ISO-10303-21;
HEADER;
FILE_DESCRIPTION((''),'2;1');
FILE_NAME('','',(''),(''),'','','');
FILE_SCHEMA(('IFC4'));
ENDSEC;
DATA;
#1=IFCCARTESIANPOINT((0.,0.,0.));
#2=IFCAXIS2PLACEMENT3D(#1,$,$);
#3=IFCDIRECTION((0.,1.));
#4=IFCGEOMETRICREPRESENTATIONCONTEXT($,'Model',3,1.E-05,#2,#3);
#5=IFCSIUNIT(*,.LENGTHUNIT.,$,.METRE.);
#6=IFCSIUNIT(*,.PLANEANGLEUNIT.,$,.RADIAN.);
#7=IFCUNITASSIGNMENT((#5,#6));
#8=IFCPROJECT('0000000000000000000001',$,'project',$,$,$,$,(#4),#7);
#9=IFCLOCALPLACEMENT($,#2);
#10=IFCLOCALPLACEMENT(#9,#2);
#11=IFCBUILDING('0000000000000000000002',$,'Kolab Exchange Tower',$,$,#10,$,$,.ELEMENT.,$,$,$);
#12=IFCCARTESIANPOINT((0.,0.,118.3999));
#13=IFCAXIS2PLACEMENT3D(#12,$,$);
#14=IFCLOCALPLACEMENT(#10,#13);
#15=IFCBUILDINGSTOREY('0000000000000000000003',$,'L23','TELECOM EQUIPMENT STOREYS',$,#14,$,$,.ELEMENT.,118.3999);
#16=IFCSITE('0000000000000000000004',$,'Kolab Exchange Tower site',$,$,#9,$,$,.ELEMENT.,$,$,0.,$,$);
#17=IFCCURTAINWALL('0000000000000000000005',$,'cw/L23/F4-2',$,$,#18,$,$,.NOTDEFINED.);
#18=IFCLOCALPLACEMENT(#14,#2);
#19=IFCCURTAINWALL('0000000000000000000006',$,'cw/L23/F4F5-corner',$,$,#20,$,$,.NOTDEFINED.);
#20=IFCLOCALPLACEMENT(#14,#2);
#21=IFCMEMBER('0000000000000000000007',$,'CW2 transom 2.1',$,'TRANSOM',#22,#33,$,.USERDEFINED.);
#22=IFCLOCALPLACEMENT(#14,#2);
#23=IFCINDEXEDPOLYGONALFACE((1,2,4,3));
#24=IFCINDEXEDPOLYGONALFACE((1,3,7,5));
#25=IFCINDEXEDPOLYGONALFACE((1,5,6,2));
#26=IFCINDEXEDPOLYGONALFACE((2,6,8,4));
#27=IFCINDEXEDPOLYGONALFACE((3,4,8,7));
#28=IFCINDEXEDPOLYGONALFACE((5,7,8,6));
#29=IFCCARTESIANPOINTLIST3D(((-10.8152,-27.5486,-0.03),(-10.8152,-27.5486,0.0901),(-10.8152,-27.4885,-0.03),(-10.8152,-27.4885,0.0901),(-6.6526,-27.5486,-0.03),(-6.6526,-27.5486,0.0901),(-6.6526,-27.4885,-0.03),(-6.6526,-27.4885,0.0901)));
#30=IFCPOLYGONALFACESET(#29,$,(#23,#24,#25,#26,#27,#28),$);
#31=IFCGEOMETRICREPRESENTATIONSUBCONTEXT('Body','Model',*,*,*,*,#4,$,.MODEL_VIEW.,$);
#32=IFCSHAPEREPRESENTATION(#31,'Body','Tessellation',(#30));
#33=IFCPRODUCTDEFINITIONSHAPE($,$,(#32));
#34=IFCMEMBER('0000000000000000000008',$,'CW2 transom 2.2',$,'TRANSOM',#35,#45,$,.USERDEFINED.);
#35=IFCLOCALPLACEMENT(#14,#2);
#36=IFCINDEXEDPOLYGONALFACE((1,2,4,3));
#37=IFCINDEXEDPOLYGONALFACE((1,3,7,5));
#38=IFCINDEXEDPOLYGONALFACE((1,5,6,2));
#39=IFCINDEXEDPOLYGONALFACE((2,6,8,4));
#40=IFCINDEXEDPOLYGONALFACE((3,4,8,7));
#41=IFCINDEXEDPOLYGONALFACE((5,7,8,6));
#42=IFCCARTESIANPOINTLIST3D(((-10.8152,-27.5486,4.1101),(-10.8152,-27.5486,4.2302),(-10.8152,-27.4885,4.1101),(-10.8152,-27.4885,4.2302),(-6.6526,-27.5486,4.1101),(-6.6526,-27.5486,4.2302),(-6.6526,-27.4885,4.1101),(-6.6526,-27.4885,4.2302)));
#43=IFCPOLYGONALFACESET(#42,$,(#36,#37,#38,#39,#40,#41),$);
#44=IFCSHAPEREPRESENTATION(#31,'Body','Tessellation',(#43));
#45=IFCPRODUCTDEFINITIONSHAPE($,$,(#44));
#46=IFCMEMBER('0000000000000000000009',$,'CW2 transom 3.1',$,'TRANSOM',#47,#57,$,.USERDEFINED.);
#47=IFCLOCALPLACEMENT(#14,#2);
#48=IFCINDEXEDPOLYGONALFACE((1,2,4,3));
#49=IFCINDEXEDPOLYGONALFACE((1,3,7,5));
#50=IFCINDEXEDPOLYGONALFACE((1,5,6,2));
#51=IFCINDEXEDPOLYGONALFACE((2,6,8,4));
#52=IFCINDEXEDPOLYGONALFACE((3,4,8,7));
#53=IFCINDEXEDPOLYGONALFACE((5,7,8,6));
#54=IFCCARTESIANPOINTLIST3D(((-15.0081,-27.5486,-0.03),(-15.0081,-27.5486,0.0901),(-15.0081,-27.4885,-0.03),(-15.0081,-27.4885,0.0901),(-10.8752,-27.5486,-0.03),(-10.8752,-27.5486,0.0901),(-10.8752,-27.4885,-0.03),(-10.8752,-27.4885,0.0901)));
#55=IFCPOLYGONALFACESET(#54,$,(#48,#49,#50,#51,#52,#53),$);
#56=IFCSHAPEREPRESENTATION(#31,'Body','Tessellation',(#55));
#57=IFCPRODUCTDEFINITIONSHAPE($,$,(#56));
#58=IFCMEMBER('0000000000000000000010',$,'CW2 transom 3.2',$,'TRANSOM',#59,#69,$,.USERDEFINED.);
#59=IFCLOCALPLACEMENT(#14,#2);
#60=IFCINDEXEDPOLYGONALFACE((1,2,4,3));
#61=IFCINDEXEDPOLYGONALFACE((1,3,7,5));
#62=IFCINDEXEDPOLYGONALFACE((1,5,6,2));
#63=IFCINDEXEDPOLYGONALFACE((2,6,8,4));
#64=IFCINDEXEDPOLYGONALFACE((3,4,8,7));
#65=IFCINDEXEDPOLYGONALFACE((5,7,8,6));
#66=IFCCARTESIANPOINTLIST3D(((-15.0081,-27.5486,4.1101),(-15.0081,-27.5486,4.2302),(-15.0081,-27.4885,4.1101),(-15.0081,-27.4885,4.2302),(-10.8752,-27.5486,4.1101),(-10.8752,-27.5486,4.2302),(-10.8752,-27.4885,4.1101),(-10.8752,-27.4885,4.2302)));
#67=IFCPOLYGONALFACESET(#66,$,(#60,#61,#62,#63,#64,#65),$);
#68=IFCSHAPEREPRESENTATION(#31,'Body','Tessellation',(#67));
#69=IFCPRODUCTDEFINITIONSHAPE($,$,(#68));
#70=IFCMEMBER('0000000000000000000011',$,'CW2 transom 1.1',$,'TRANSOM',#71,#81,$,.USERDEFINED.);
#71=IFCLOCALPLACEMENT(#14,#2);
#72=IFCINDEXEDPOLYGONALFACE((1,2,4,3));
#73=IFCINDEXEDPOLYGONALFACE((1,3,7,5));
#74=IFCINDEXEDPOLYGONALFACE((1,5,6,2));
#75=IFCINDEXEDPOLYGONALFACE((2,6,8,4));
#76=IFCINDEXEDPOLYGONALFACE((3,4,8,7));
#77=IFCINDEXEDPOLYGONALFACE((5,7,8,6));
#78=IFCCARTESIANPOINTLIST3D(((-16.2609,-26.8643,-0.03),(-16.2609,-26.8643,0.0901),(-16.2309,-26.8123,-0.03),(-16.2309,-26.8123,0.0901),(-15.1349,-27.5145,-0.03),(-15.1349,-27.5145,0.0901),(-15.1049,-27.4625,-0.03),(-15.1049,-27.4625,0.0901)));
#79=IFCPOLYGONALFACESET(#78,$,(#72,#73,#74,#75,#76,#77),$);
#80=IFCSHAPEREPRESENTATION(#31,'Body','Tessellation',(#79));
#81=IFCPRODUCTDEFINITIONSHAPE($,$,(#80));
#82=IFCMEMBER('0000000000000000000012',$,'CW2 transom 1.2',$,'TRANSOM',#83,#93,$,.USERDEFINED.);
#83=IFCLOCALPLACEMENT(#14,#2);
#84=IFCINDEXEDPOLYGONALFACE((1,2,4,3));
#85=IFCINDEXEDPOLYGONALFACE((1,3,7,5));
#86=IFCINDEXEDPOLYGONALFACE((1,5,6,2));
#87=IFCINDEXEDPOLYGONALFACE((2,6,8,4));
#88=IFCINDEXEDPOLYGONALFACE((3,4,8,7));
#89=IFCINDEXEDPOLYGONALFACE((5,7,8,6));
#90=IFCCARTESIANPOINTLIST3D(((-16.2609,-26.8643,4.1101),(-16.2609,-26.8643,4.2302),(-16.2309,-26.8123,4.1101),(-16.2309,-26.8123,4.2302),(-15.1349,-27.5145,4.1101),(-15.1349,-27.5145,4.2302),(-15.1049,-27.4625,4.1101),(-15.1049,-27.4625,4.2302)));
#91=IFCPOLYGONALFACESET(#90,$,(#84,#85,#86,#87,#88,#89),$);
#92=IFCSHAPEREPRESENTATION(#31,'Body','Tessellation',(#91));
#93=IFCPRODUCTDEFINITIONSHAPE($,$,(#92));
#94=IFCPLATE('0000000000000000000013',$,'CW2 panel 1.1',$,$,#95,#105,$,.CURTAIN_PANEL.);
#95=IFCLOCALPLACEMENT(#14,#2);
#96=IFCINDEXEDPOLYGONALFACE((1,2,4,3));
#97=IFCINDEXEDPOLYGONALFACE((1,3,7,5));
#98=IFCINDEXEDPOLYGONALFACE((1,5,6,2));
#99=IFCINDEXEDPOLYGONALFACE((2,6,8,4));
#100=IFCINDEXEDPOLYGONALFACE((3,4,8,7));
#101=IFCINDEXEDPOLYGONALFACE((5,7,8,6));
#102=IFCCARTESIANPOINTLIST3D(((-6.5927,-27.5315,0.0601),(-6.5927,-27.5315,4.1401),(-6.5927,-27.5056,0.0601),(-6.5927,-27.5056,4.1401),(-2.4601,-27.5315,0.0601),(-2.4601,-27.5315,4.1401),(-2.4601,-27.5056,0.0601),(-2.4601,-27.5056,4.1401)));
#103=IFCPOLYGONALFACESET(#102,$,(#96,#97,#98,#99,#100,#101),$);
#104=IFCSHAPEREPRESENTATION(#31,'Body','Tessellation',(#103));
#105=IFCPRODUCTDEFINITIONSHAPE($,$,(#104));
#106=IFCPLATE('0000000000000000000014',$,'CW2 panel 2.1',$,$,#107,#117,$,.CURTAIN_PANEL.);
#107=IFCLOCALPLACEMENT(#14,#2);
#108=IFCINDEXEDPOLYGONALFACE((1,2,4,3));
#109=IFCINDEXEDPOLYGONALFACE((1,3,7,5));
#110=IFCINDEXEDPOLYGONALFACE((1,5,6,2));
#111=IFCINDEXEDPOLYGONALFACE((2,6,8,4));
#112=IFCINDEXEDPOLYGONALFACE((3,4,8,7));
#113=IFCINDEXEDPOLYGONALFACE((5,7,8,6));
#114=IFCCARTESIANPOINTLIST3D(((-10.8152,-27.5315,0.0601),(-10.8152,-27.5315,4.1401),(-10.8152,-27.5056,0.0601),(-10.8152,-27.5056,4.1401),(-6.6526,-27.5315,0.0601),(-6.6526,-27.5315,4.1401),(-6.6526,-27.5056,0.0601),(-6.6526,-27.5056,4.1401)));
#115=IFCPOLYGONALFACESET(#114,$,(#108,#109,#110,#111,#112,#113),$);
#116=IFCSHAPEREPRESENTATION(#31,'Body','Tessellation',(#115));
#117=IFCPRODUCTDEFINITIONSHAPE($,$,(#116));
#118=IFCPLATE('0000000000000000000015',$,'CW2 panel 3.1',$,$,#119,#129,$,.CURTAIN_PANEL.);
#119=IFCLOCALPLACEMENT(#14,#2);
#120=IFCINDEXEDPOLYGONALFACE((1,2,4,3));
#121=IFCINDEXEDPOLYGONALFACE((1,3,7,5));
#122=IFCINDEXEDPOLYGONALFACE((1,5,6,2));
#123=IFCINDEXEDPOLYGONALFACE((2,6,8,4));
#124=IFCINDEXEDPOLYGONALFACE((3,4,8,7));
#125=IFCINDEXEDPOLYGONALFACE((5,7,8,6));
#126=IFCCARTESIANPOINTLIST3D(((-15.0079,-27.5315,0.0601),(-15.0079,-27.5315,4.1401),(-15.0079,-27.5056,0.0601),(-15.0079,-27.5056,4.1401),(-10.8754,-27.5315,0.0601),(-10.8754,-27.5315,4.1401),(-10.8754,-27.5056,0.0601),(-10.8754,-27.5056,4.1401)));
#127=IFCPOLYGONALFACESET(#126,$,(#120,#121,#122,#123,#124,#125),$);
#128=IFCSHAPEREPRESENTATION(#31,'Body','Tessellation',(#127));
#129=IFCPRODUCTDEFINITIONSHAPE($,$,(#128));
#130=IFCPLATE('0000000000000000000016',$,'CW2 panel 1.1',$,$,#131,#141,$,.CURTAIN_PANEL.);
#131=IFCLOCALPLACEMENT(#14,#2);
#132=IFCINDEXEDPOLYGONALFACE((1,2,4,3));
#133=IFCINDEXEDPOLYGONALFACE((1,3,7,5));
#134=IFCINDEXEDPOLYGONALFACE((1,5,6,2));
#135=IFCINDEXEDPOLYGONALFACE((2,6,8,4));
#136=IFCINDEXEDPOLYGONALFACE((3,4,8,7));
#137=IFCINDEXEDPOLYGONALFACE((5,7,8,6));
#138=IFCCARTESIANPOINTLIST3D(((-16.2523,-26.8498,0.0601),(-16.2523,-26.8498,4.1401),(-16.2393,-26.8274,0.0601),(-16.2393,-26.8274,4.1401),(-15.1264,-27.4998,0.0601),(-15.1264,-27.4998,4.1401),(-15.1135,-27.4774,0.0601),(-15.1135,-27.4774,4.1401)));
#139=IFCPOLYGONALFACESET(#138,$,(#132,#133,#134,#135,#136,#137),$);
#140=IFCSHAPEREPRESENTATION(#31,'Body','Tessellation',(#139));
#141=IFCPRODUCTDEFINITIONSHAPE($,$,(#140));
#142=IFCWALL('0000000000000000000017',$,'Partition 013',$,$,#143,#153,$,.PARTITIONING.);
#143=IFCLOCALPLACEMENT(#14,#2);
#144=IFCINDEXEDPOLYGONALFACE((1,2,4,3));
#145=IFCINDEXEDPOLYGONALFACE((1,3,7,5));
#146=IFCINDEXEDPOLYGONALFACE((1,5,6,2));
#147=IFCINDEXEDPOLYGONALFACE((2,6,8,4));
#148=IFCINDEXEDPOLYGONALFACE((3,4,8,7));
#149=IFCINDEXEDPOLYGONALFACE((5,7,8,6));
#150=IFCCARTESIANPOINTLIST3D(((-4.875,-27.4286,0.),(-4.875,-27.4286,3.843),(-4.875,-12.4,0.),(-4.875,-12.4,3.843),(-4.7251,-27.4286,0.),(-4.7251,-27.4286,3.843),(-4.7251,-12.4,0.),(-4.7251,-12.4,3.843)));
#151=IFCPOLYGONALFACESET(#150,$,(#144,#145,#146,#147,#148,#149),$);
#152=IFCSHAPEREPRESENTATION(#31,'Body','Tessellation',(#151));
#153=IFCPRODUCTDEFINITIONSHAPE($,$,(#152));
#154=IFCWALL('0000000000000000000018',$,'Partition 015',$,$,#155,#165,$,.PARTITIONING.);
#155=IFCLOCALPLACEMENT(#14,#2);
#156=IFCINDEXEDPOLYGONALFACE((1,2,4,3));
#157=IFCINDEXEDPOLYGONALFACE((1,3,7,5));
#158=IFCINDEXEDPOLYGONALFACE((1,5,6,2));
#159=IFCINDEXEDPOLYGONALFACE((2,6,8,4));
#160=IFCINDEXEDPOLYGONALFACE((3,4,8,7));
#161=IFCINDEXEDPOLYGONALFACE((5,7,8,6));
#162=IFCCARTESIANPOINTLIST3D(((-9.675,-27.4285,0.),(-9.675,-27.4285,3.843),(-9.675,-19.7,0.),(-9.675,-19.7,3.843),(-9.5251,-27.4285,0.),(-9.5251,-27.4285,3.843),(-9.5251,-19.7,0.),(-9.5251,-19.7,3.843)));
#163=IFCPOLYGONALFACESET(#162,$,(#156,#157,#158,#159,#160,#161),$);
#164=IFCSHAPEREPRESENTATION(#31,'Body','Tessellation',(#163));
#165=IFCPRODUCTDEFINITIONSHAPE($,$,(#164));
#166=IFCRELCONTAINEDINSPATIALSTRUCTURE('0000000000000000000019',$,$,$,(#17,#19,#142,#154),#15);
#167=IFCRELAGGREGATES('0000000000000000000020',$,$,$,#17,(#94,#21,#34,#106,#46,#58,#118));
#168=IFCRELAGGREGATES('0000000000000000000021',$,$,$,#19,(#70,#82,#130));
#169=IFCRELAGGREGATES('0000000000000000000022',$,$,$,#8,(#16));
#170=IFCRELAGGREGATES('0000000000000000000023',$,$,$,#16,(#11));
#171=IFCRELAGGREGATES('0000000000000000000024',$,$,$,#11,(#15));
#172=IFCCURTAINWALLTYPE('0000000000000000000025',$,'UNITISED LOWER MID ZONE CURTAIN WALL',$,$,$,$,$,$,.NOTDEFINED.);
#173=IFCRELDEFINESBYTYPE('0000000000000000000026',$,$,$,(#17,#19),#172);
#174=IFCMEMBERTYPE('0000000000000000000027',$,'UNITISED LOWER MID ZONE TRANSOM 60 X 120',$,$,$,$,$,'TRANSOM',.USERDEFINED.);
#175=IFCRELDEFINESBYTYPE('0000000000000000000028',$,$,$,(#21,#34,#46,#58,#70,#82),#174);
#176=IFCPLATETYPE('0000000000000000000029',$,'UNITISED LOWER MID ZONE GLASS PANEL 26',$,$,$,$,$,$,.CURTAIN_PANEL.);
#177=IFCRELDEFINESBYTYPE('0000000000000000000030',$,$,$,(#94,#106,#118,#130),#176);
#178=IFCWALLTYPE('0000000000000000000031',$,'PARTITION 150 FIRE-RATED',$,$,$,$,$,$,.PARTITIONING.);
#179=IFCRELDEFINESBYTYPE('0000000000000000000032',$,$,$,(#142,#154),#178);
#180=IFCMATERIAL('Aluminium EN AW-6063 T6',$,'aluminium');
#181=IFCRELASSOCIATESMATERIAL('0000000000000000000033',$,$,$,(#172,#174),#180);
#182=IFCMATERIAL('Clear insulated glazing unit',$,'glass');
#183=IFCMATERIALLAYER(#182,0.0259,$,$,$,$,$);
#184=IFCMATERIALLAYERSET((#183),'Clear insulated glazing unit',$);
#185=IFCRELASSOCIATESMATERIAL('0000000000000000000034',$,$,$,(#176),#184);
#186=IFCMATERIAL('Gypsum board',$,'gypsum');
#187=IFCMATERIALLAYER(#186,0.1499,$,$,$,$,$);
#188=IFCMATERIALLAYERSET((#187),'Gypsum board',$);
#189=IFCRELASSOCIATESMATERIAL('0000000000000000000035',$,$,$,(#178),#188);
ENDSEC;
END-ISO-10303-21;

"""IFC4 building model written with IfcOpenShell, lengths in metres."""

from ifc_helpers import new_model, si_unit, direction, frame, frame_2d, origin, origin_2d, place, context, subcontext, project, spatial, rectangle, extrude, material, layer, layer_set, material_profile, profile_set, type_object, element, aggregate, save


model = new_model("IFC4")

# Units and contexts
model_context = context("Model", 3, precision=1e-05, world=origin(), true_north=direction((0.0, 1.0)))
body_context = subcontext(model_context, "Body", "Model", "MODEL_VIEW")
ifc_project = project(units=[si_unit("LENGTHUNIT", "METRE"), si_unit("PLANEANGLEUNIT", "RADIAN")], contexts=[model_context])

# Site, building, storey
site_placement = place(None, origin())
site = spatial("IfcSite", under=ifc_project, at=site_placement, Name="Kolab Exchange Tower site", CompositionType="ELEMENT", RefElevation=0.0)
building_placement = place(site_placement, origin())
building = spatial("IfcBuilding", under=site, at=building_placement, Name="Kolab Exchange Tower", CompositionType="ELEMENT")
storey_placement = place(building_placement, frame((0.0, 0.0, 118.3999)))
storey = spatial("IfcBuildingStorey", under=building, at=storey_placement, Name="L23", Description="TELECOM EQUIPMENT STOREYS", CompositionType="ELEMENT", Elevation=118.3999)

# Curtain walls
ifc_material_1 = material(Name="Aluminium EN AW-6063 T6", Category="aluminium")
curtain_wall_type = type_object("IfcCurtainWallType", Name="UNITISED LOWER MID ZONE CURTAIN WALL", PredefinedType="NOTDEFINED", material=ifc_material_1)
curtain_wall_1_placement = place(storey_placement, origin())
curtain_wall_1 = element("IfcCurtainWall", 1, at=curtain_wall_1_placement, inside=storey, type_object=curtain_wall_type, Name="cw/L23/F4-2", PredefinedType="NOTDEFINED")
curtain_wall_2_placement = place(storey_placement, origin())
curtain_wall_2 = element("IfcCurtainWall", 2, at=curtain_wall_2_placement, inside=storey, type_object=curtain_wall_type, Name="cw/L23/F4F5-corner", PredefinedType="NOTDEFINED")

# Members
ifc_material_profile_1 = material_profile(ifc_material_1, rectangle(XDim=0.0601, YDim=0.1201, at=origin_2d()), Name="RECT 60X120")
ifc_profile_set_1 = profile_set([ifc_material_profile_1], Name="Aluminium EN AW-6063 T6")
member_type_1 = type_object("IfcMemberType", Name="UNITISED LOWER MID ZONE TRANSOM 60 X 120", ElementType="TRANSOM", PredefinedType="USERDEFINED", material=ifc_profile_set_1)
member_1_placement = place(storey_placement, frame((-6.6526, -27.5186, 0.03), z_axis=(-1.0, 0.0, 0.0), x_axis=(0.0, -1.0, 0.0)))
member_1 = element("IfcMember", 3, at=member_1_placement, type_object=member_type_1, Name="CW2 transom 2.1", ObjectType="TRANSOM", PredefinedType="USERDEFINED", context=body_context, shape_type="SweptSolid", body=[
    extrude(rectangle(XDim=0.0601, YDim=0.1201, at=origin_2d()), origin(), (0.0, 0.0, 1.0), 4.1626),
])
member_2_placement = place(storey_placement, frame((-6.6526, -27.5186, 4.1702), z_axis=(-1.0, 0.0, 0.0), x_axis=(0.0, -1.0, 0.0)))
member_2 = element("IfcMember", 4, at=member_2_placement, type_object=member_type_1, Name="CW2 transom 2.2", ObjectType="TRANSOM", PredefinedType="USERDEFINED", context=body_context, shape_type="SweptSolid", body=[
    extrude(rectangle(XDim=0.0601, YDim=0.1201, at=origin_2d()), origin(), (0.0, 0.0, 1.0), 4.1626),
])
member_3_placement = place(storey_placement, frame((-10.8752, -27.5186, 0.03), z_axis=(-1.0, 0.0, 0.0), x_axis=(0.0, -1.0, 0.0)))
member_3 = element("IfcMember", 5, at=member_3_placement, type_object=member_type_1, Name="CW2 transom 3.1", ObjectType="TRANSOM", PredefinedType="USERDEFINED", context=body_context, shape_type="SweptSolid", body=[
    extrude(rectangle(XDim=0.0601, YDim=0.1201, at=origin_2d()), origin(), (0.0, 0.0, 1.0), 4.1328),
])
member_4_placement = place(storey_placement, frame((-10.8752, -27.5186, 4.1702), z_axis=(-1.0, 0.0, 0.0), x_axis=(0.0, -1.0, 0.0)))
member_4 = element("IfcMember", 6, at=member_4_placement, type_object=member_type_1, Name="CW2 transom 3.2", ObjectType="TRANSOM", PredefinedType="USERDEFINED", context=body_context, shape_type="SweptSolid", body=[
    extrude(rectangle(XDim=0.0601, YDim=0.1201, at=origin_2d()), origin(), (0.0, 0.0, 1.0), 4.1328),
])
member_5_placement = place(storey_placement, frame((-15.1199, -27.4885, 0.03), z_axis=(-0.866004, 0.500037, 0.0), x_axis=(-0.500037, -0.866004, 0.0)))
member_5 = element("IfcMember", 7, at=member_5_placement, type_object=member_type_1, Name="CW2 transom 1.1", ObjectType="TRANSOM", PredefinedType="USERDEFINED", context=body_context, shape_type="SweptSolid", body=[
    extrude(rectangle(XDim=0.0601, YDim=0.1201, at=origin_2d()), origin(), (0.0, 0.0, 1.0), 1.3003),
])
member_6_placement = place(storey_placement, frame((-15.1199, -27.4885, 4.1702), z_axis=(-0.866004, 0.500037, 0.0), x_axis=(-0.500037, -0.866004, 0.0)))
member_6 = element("IfcMember", 8, at=member_6_placement, type_object=member_type_1, Name="CW2 transom 1.2", ObjectType="TRANSOM", PredefinedType="USERDEFINED", context=body_context, shape_type="SweptSolid", body=[
    extrude(rectangle(XDim=0.0601, YDim=0.1201, at=origin_2d()), origin(), (0.0, 0.0, 1.0), 1.3003),
])

# Plates
ifc_material_2 = material(Name="Clear insulated glazing unit", Category="glass")
ifc_layer_1 = layer(ifc_material_2, 0.0259)
ifc_layer_set_1 = layer_set([ifc_layer_1], Name="Clear insulated glazing unit")
plate_type = type_object("IfcPlateType", Name="UNITISED LOWER MID ZONE GLASS PANEL 26", PredefinedType="CURTAIN_PANEL", material=ifc_layer_set_1)
plate_1_placement = place(storey_placement, frame((-4.5264, -27.5186, 0.0601), z_axis=(0.0, 0.0, 1.0), x_axis=(-1.0, 0.0, 0.0)))
plate_1 = element("IfcPlate", 9, at=plate_1_placement, type_object=plate_type, Name="CW2 panel 1.1", PredefinedType="CURTAIN_PANEL", context=body_context, shape_type="SweptSolid", body=[
    extrude(rectangle(XDim=4.1326, YDim=0.0259, at=origin_2d()), origin(), (0.0, 0.0, 1.0), 4.0801),
])
plate_2_placement = place(storey_placement, frame((-8.7339, -27.5186, 0.0601), z_axis=(0.0, 0.0, 1.0), x_axis=(-1.0, 0.0, 0.0)))
plate_2 = element("IfcPlate", 10, at=plate_2_placement, type_object=plate_type, Name="CW2 panel 2.1", PredefinedType="CURTAIN_PANEL", context=body_context, shape_type="SweptSolid", body=[
    extrude(rectangle(XDim=4.1626, YDim=0.0259, at=origin_2d()), origin(), (0.0, 0.0, 1.0), 4.0801),
])
plate_3_placement = place(storey_placement, frame((-12.9417, -27.5186, 0.0601), z_axis=(0.0, 0.0, 1.0), x_axis=(-1.0, 0.0, 0.0)))
plate_3 = element("IfcPlate", 11, at=plate_3_placement, type_object=plate_type, Name="CW2 panel 3.1", PredefinedType="CURTAIN_PANEL", context=body_context, shape_type="SweptSolid", body=[
    extrude(rectangle(XDim=4.1326, YDim=0.0259, at=origin_2d()), origin(), (0.0, 0.0, 1.0), 4.0801),
])
aggregate(curtain_wall_1, [plate_1, member_1, member_2, plate_2, member_3, member_4, plate_3])
plate_4_placement = place(storey_placement, frame((-15.6829, -27.1636, 0.0601), z_axis=(0.0, 0.0, 1.0), x_axis=(-0.866025, 0.5, 0.0)))
plate_4 = element("IfcPlate", 12, at=plate_4_placement, type_object=plate_type, Name="CW2 panel 1.1", PredefinedType="CURTAIN_PANEL", context=body_context, shape_type="SweptSolid", body=[
    extrude(rectangle(XDim=1.3, YDim=0.0259, at=origin_2d()), origin(), (0.0, 0.0, 1.0), 4.0801),
])
aggregate(curtain_wall_2, [member_5, member_6, plate_4])

# Walls
ifc_material_3 = material(Name="Gypsum board", Category="gypsum")
ifc_layer_2 = layer(ifc_material_3, 0.1499)
ifc_layer_set_2 = layer_set([ifc_layer_2], Name="Gypsum board")
wall_type = type_object("IfcWallType", Name="PARTITION 150 FIRE-RATED", PredefinedType="PARTITIONING", material=ifc_layer_set_2)
wall_1_placement = place(storey_placement, frame((-4.8, -27.4285, 0.0), z_axis=(0.0, 0.0, 1.0), x_axis=(0.0, 1.0, 0.0)))
element("IfcWall", 13, at=wall_1_placement, inside=storey, type_object=wall_type, Name="Partition 013", PredefinedType="PARTITIONING", context=body_context, shape_type="SweptSolid", body=[
    extrude(rectangle(XDim=15.0286, YDim=0.1499, at=frame_2d((7.5142, 0.0))), origin(), (0.0, 0.0, 1.0), 3.843),
])
wall_2_placement = place(storey_placement, frame((-9.6001, -27.4285, 0.0), z_axis=(0.0, 0.0, 1.0), x_axis=(0.0, 1.0, 0.0)))
element("IfcWall", 14, at=wall_2_placement, inside=storey, type_object=wall_type, Name="Partition 015", PredefinedType="PARTITIONING", context=body_context, shape_type="SweptSolid", body=[
    extrude(rectangle(XDim=7.7285, YDim=0.1499, at=frame_2d((3.8643, 0.0))), origin(), (0.0, 0.0, 1.0), 3.843),
])

save(model, "model.ifc")
